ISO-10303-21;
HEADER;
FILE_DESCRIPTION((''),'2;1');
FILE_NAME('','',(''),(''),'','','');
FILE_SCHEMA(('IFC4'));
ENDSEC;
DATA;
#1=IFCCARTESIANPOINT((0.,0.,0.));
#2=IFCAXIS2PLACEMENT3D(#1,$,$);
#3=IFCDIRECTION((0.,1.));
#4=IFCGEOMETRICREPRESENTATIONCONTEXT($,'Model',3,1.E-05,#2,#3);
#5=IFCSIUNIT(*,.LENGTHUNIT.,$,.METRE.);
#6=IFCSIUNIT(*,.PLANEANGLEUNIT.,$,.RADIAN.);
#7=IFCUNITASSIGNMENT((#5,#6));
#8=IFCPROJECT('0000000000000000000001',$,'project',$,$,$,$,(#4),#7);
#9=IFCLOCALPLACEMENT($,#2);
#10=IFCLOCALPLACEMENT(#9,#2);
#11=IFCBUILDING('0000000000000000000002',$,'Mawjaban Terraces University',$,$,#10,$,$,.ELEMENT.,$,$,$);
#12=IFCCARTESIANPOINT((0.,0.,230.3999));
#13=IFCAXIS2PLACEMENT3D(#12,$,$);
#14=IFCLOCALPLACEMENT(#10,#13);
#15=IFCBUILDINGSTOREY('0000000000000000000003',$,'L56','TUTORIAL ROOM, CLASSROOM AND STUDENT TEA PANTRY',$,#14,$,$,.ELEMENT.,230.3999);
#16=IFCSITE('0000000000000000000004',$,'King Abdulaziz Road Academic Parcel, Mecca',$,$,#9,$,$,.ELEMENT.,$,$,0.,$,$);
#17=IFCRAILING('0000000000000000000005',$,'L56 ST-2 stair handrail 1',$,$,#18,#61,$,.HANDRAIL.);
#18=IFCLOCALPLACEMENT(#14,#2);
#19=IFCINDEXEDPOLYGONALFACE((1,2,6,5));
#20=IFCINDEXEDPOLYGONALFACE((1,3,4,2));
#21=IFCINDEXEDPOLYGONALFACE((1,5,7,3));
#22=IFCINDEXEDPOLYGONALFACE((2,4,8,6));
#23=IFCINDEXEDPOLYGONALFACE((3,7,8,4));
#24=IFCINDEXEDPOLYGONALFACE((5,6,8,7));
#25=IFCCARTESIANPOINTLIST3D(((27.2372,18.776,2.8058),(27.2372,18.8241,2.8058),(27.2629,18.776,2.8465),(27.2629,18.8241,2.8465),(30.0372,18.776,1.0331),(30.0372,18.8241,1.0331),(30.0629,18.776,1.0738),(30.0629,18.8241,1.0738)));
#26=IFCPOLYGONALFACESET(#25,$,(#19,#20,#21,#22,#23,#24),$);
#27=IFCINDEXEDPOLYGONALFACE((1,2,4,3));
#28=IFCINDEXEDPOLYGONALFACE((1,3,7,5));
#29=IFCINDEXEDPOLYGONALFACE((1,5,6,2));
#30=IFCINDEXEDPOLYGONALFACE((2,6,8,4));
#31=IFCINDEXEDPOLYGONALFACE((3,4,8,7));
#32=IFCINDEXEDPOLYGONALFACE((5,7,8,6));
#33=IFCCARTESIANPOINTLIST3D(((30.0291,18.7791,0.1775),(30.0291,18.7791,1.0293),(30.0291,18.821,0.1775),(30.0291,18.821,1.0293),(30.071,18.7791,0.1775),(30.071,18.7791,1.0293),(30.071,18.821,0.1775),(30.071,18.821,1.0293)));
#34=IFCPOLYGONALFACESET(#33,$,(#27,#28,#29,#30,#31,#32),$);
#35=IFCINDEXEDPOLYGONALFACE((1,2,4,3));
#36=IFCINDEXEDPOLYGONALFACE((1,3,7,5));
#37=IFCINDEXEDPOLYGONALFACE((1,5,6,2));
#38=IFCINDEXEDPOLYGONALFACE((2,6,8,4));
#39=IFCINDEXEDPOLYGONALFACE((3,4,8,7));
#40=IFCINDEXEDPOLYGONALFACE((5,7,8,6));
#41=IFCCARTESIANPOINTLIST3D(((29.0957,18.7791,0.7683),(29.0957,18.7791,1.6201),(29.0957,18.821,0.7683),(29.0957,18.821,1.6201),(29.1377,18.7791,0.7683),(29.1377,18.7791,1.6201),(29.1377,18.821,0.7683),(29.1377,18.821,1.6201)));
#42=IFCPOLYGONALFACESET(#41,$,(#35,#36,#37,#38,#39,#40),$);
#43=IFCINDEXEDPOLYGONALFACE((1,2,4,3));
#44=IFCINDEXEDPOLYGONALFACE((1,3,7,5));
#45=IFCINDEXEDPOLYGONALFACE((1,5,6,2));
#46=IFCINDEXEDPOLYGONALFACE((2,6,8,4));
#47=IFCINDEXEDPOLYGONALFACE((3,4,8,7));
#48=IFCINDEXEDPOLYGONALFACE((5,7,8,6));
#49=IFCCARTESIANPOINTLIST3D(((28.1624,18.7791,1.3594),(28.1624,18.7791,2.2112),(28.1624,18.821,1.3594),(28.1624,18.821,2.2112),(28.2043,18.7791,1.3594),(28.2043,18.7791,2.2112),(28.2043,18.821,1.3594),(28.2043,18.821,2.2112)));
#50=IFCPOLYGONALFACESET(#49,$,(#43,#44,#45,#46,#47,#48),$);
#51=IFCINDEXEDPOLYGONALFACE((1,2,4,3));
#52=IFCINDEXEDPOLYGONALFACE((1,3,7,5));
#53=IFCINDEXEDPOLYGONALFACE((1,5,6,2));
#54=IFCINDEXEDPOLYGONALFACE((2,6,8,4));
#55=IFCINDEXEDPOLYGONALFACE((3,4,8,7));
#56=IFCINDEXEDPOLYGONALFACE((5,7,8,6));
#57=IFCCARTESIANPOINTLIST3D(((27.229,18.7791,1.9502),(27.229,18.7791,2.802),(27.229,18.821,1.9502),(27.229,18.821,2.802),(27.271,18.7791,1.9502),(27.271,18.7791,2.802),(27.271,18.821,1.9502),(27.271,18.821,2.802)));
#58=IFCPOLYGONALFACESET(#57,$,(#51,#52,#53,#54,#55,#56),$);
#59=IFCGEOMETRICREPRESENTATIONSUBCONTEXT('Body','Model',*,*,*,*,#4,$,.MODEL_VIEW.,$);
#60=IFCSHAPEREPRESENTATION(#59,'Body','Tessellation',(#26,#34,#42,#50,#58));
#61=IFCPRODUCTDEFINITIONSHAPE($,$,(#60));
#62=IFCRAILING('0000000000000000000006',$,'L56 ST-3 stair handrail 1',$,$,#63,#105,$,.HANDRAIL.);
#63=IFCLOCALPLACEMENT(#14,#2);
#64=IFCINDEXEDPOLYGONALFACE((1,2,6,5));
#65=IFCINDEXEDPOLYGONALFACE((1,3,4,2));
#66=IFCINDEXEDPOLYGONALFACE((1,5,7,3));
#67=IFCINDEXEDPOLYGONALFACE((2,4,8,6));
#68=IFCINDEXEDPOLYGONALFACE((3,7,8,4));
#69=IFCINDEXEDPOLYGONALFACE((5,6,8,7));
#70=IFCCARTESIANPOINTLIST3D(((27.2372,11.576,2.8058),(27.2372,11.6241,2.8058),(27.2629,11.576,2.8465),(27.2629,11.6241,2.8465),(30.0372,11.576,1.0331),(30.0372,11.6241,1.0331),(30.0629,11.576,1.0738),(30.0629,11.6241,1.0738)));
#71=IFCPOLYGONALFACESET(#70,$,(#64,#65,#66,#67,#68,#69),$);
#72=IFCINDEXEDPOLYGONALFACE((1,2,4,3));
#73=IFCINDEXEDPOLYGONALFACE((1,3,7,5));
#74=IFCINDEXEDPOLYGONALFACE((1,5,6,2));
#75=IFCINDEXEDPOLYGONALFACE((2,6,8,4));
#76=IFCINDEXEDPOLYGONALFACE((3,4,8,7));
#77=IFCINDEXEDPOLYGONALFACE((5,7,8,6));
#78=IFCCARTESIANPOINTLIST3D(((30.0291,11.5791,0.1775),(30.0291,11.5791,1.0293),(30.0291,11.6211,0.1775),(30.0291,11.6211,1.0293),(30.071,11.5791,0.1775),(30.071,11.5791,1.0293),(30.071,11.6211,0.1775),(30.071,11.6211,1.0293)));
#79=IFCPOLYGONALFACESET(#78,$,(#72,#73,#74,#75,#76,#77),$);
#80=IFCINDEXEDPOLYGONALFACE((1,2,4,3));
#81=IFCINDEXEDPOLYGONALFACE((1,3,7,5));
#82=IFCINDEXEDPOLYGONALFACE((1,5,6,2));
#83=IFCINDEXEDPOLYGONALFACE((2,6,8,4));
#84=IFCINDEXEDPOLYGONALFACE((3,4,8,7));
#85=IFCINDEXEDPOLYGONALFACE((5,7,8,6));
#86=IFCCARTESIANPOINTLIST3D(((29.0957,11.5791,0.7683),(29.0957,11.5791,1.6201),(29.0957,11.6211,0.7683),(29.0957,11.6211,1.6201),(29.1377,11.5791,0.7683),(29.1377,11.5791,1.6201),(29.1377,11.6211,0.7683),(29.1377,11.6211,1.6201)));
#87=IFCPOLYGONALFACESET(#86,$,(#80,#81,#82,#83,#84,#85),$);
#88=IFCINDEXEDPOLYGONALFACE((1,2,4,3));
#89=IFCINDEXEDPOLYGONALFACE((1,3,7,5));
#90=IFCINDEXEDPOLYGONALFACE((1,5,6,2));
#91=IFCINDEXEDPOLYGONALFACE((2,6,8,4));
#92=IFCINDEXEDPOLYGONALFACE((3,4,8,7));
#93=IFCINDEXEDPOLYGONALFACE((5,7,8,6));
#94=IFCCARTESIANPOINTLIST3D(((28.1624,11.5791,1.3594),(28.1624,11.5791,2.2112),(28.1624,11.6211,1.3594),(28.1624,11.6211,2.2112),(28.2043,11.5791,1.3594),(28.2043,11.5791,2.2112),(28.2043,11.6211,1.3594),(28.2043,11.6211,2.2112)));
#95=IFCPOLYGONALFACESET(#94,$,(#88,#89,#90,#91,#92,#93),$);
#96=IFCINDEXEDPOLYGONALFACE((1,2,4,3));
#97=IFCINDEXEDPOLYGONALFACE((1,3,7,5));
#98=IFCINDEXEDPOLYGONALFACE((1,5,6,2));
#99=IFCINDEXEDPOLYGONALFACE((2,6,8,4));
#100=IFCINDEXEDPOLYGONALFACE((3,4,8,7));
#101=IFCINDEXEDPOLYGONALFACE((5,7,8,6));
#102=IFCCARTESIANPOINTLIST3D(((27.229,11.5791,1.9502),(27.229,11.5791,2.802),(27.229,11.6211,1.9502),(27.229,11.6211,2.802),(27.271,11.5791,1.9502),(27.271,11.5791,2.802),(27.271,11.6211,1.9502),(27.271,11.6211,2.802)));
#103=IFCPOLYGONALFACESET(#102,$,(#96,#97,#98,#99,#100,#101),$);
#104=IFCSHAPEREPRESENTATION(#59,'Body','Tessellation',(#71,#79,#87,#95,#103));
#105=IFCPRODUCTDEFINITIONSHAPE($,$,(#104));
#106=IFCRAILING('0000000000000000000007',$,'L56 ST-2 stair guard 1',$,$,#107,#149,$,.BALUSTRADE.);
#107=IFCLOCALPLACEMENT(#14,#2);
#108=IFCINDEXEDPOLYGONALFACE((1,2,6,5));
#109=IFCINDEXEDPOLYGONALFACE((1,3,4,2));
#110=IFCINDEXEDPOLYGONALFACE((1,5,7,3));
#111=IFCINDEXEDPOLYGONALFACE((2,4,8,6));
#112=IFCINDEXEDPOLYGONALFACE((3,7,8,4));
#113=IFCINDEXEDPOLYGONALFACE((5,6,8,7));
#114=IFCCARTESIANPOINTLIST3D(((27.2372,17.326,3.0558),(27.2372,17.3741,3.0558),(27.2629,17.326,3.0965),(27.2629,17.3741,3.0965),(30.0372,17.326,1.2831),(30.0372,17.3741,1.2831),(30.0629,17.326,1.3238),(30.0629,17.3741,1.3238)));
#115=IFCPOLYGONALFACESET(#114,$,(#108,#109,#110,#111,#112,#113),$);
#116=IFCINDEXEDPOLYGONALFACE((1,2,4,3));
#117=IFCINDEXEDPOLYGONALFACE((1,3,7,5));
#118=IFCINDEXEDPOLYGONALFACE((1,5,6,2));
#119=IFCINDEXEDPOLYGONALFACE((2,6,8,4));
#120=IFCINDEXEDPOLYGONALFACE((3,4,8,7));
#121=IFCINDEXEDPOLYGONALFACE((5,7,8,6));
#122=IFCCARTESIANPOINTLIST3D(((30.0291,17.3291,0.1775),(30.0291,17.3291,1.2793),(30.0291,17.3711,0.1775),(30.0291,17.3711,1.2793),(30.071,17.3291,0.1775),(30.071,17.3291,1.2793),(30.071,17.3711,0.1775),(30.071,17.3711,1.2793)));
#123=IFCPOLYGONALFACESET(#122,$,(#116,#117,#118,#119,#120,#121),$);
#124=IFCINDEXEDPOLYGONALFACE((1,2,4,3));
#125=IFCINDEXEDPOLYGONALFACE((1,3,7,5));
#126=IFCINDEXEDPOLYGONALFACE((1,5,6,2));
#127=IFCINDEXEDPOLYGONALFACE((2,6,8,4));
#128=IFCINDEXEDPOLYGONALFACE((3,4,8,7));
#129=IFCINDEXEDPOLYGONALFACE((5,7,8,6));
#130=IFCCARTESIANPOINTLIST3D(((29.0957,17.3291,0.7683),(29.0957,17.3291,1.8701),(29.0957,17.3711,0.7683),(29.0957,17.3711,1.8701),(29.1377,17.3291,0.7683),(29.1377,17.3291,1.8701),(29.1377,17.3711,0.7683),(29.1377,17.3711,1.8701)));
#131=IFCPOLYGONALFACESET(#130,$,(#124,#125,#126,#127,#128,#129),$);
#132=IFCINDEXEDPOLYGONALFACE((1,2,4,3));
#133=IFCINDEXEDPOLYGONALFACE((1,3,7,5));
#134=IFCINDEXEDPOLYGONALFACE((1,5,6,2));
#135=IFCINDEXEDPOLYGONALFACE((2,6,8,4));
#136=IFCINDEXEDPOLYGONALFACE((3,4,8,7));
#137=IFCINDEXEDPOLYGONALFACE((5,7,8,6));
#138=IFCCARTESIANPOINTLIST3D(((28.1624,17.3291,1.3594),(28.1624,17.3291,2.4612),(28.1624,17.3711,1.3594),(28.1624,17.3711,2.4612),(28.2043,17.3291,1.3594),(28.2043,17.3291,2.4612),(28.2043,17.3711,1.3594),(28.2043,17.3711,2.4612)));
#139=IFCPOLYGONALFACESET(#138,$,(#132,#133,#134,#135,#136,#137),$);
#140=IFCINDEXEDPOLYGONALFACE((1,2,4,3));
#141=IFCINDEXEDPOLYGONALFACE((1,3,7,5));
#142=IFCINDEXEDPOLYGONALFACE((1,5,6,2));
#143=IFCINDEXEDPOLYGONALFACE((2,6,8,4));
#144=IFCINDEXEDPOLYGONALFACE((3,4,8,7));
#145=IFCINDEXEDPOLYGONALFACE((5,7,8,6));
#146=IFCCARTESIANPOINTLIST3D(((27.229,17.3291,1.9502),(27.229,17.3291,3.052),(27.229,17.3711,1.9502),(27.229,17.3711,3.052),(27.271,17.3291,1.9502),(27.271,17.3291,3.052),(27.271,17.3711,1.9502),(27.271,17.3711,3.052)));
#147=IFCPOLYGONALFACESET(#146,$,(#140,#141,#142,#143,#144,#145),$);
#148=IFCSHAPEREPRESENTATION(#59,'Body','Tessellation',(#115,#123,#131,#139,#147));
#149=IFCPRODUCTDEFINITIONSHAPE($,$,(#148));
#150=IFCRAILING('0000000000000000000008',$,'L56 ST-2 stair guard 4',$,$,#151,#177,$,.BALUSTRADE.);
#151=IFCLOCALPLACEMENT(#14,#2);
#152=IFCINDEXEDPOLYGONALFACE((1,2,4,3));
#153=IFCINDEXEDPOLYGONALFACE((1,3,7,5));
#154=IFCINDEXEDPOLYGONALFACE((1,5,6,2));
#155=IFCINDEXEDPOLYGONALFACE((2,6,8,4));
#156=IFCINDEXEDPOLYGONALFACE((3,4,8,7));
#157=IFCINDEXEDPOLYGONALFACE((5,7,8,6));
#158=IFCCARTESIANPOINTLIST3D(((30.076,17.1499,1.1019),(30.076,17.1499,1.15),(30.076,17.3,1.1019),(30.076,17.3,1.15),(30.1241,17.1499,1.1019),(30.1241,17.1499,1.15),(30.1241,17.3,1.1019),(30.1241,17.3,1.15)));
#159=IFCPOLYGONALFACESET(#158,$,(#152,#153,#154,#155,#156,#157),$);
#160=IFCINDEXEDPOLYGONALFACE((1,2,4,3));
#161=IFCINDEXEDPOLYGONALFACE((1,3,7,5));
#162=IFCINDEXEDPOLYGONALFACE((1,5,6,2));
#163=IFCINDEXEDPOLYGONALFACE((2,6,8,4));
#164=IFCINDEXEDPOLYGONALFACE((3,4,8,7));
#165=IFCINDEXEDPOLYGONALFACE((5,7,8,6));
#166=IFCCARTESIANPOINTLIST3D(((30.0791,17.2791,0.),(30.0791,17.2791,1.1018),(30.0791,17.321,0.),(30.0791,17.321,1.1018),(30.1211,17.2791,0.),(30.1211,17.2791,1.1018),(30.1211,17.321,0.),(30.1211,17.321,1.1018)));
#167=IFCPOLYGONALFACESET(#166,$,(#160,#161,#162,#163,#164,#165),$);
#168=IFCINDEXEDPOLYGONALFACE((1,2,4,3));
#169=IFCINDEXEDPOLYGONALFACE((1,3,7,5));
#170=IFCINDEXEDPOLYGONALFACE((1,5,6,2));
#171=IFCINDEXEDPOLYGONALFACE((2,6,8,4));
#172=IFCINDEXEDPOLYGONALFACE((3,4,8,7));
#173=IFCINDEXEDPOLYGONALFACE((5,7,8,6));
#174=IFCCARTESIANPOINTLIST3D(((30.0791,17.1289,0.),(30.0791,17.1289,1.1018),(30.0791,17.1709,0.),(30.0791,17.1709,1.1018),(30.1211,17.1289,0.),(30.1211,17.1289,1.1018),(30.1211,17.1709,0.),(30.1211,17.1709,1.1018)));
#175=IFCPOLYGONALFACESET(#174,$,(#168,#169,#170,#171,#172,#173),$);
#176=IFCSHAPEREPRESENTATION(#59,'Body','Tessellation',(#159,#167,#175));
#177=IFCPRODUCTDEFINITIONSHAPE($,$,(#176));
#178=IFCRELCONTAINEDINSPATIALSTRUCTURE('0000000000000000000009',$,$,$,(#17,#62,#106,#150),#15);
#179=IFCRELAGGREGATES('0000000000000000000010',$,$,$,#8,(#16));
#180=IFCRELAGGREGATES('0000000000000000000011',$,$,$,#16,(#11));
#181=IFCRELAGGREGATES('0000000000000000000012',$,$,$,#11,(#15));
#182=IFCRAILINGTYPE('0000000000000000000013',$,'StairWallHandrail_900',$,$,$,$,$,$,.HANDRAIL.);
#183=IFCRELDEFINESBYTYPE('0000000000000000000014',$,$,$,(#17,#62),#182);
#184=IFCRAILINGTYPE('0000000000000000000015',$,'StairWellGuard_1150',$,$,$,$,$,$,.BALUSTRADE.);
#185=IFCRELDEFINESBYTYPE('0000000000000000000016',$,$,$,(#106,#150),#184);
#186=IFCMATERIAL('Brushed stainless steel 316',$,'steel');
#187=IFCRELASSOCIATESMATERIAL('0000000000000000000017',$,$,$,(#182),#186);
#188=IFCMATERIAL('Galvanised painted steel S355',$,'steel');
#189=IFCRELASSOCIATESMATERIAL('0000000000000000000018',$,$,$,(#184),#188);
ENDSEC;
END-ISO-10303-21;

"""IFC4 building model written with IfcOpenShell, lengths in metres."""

from ifc_helpers import new_model, si_unit, direction, frame, origin, origin_2d, place, context, subcontext, project, spatial, rectangle, extrude, material, type_object, element, save


model = new_model("IFC4")

# Units and contexts
model_context = context("Model", 3, precision=1e-05, world=origin(), true_north=direction((0.0, 1.0)))
body_context = subcontext(model_context, "Body", "Model", "MODEL_VIEW")
ifc_project = project(units=[si_unit("LENGTHUNIT", "METRE"), si_unit("PLANEANGLEUNIT", "RADIAN")], contexts=[model_context])

# Site, building, storey
site_placement = place(None, origin())
site = spatial("IfcSite", under=ifc_project, at=site_placement, Name="King Abdulaziz Road Academic Parcel, Mecca", CompositionType="ELEMENT", RefElevation=0.0)
building_placement = place(site_placement, origin())
building = spatial("IfcBuilding", under=site, at=building_placement, Name="Mawjaban Terraces University", CompositionType="ELEMENT")
storey_placement = place(building_placement, frame((0.0, 0.0, 230.3999)))
storey = spatial("IfcBuildingStorey", under=building, at=storey_placement, Name="L56", Description="TUTORIAL ROOM, CLASSROOM AND STUDENT TEA PANTRY", CompositionType="ELEMENT", Elevation=230.3999)

# Railings
ifc_material_1 = material(Name="Brushed stainless steel 316", Category="steel")
railing_type_1 = type_object("IfcRailingType", Name="StairWallHandrail_900", PredefinedType="HANDRAIL", material=ifc_material_1)
for number, where, name in (
    (1, (30.05, 18.8, 0.1775), "L56 ST-2 stair handrail 1"),
    (2, (30.05, 11.6001, 0.1775), "L56 ST-3 stair handrail 1"),
):
    element("IfcRailing", number, at=place(storey_placement, frame(where)), inside=storey, type_object=railing_type_1, Name=name, PredefinedType="HANDRAIL", context=body_context, shape_type="SweptSolid", body=[
        extrude(rectangle(XDim=0.0481, YDim=0.0481, at=origin_2d()), frame((0.0, 0.0, 0.876), z_axis=(-0.844909, 0.0, 0.53491), x_axis=(0.0, -1.0, 0.0)), (0.0, 0.0, 1.0), 3.314),
        extrude(rectangle(XDim=0.042, YDim=0.042, at=origin_2d()), origin(), (0.0, 0.0, 1.0), 0.8518),
        extrude(rectangle(XDim=0.042, YDim=0.042, at=origin_2d()), frame((-0.9333, 0.0, 0.5908)), (0.0, 0.0, 1.0), 0.8518),
        extrude(rectangle(XDim=0.042, YDim=0.042, at=origin_2d()), frame((-1.8667, 0.0, 1.1819)), (0.0, 0.0, 1.0), 0.8518),
        extrude(rectangle(XDim=0.042, YDim=0.042, at=origin_2d()), frame((-2.8, 0.0, 1.7727)), (0.0, 0.0, 1.0), 0.8518),
    ])
ifc_material_2 = material(Name="Galvanised painted steel S355", Category="steel")
railing_type_2 = type_object("IfcRailingType", Name="StairWellGuard_1150", PredefinedType="BALUSTRADE", material=ifc_material_2)
railing_1_placement = place(storey_placement, frame((30.05, 17.3501, 0.1775)))
element("IfcRailing", 3, at=railing_1_placement, inside=storey, type_object=railing_type_2, Name="L56 ST-2 stair guard 1", PredefinedType="BALUSTRADE", context=body_context, shape_type="SweptSolid", body=[
    extrude(rectangle(XDim=0.0481, YDim=0.0481, at=origin_2d()), frame((0.0, 0.0, 1.126), z_axis=(-0.844909, 0.0, 0.53491), x_axis=(0.0, -1.0, 0.0)), (0.0, 0.0, 1.0), 3.314),
    extrude(rectangle(XDim=0.042, YDim=0.042, at=origin_2d()), origin(), (0.0, 0.0, 1.0), 1.1018),
    extrude(rectangle(XDim=0.042, YDim=0.042, at=origin_2d()), frame((-0.9333, 0.0, 0.5908)), (0.0, 0.0, 1.0), 1.1018),
    extrude(rectangle(XDim=0.042, YDim=0.042, at=origin_2d()), frame((-1.8667, 0.0, 1.1819)), (0.0, 0.0, 1.0), 1.1018),
    extrude(rectangle(XDim=0.042, YDim=0.042, at=origin_2d()), frame((-2.8, 0.0, 1.7727)), (0.0, 0.0, 1.0), 1.1018),
])
railing_2_placement = place(storey_placement, frame((30.1001, 17.3, 0.0)))
element("IfcRailing", 4, at=railing_2_placement, inside=storey, type_object=railing_type_2, Name="L56 ST-2 stair guard 4", PredefinedType="BALUSTRADE", context=body_context, shape_type="SweptSolid", body=[
    extrude(rectangle(XDim=0.0481, YDim=0.0481, at=origin_2d()), frame((0.0, 0.0, 1.126), z_axis=(0.0, -1.0, 0.0), x_axis=(1.0, 0.0, 0.0)), (0.0, 0.0, 1.0), 0.1501),
    extrude(rectangle(XDim=0.042, YDim=0.042, at=origin_2d()), origin(), (0.0, 0.0, 1.0), 1.1018),
    extrude(rectangle(XDim=0.042, YDim=0.042, at=origin_2d()), frame((0.0, -0.1501, 0.0)), (0.0, 0.0, 1.0), 1.1018),
])

save(model, "model.ifc")
